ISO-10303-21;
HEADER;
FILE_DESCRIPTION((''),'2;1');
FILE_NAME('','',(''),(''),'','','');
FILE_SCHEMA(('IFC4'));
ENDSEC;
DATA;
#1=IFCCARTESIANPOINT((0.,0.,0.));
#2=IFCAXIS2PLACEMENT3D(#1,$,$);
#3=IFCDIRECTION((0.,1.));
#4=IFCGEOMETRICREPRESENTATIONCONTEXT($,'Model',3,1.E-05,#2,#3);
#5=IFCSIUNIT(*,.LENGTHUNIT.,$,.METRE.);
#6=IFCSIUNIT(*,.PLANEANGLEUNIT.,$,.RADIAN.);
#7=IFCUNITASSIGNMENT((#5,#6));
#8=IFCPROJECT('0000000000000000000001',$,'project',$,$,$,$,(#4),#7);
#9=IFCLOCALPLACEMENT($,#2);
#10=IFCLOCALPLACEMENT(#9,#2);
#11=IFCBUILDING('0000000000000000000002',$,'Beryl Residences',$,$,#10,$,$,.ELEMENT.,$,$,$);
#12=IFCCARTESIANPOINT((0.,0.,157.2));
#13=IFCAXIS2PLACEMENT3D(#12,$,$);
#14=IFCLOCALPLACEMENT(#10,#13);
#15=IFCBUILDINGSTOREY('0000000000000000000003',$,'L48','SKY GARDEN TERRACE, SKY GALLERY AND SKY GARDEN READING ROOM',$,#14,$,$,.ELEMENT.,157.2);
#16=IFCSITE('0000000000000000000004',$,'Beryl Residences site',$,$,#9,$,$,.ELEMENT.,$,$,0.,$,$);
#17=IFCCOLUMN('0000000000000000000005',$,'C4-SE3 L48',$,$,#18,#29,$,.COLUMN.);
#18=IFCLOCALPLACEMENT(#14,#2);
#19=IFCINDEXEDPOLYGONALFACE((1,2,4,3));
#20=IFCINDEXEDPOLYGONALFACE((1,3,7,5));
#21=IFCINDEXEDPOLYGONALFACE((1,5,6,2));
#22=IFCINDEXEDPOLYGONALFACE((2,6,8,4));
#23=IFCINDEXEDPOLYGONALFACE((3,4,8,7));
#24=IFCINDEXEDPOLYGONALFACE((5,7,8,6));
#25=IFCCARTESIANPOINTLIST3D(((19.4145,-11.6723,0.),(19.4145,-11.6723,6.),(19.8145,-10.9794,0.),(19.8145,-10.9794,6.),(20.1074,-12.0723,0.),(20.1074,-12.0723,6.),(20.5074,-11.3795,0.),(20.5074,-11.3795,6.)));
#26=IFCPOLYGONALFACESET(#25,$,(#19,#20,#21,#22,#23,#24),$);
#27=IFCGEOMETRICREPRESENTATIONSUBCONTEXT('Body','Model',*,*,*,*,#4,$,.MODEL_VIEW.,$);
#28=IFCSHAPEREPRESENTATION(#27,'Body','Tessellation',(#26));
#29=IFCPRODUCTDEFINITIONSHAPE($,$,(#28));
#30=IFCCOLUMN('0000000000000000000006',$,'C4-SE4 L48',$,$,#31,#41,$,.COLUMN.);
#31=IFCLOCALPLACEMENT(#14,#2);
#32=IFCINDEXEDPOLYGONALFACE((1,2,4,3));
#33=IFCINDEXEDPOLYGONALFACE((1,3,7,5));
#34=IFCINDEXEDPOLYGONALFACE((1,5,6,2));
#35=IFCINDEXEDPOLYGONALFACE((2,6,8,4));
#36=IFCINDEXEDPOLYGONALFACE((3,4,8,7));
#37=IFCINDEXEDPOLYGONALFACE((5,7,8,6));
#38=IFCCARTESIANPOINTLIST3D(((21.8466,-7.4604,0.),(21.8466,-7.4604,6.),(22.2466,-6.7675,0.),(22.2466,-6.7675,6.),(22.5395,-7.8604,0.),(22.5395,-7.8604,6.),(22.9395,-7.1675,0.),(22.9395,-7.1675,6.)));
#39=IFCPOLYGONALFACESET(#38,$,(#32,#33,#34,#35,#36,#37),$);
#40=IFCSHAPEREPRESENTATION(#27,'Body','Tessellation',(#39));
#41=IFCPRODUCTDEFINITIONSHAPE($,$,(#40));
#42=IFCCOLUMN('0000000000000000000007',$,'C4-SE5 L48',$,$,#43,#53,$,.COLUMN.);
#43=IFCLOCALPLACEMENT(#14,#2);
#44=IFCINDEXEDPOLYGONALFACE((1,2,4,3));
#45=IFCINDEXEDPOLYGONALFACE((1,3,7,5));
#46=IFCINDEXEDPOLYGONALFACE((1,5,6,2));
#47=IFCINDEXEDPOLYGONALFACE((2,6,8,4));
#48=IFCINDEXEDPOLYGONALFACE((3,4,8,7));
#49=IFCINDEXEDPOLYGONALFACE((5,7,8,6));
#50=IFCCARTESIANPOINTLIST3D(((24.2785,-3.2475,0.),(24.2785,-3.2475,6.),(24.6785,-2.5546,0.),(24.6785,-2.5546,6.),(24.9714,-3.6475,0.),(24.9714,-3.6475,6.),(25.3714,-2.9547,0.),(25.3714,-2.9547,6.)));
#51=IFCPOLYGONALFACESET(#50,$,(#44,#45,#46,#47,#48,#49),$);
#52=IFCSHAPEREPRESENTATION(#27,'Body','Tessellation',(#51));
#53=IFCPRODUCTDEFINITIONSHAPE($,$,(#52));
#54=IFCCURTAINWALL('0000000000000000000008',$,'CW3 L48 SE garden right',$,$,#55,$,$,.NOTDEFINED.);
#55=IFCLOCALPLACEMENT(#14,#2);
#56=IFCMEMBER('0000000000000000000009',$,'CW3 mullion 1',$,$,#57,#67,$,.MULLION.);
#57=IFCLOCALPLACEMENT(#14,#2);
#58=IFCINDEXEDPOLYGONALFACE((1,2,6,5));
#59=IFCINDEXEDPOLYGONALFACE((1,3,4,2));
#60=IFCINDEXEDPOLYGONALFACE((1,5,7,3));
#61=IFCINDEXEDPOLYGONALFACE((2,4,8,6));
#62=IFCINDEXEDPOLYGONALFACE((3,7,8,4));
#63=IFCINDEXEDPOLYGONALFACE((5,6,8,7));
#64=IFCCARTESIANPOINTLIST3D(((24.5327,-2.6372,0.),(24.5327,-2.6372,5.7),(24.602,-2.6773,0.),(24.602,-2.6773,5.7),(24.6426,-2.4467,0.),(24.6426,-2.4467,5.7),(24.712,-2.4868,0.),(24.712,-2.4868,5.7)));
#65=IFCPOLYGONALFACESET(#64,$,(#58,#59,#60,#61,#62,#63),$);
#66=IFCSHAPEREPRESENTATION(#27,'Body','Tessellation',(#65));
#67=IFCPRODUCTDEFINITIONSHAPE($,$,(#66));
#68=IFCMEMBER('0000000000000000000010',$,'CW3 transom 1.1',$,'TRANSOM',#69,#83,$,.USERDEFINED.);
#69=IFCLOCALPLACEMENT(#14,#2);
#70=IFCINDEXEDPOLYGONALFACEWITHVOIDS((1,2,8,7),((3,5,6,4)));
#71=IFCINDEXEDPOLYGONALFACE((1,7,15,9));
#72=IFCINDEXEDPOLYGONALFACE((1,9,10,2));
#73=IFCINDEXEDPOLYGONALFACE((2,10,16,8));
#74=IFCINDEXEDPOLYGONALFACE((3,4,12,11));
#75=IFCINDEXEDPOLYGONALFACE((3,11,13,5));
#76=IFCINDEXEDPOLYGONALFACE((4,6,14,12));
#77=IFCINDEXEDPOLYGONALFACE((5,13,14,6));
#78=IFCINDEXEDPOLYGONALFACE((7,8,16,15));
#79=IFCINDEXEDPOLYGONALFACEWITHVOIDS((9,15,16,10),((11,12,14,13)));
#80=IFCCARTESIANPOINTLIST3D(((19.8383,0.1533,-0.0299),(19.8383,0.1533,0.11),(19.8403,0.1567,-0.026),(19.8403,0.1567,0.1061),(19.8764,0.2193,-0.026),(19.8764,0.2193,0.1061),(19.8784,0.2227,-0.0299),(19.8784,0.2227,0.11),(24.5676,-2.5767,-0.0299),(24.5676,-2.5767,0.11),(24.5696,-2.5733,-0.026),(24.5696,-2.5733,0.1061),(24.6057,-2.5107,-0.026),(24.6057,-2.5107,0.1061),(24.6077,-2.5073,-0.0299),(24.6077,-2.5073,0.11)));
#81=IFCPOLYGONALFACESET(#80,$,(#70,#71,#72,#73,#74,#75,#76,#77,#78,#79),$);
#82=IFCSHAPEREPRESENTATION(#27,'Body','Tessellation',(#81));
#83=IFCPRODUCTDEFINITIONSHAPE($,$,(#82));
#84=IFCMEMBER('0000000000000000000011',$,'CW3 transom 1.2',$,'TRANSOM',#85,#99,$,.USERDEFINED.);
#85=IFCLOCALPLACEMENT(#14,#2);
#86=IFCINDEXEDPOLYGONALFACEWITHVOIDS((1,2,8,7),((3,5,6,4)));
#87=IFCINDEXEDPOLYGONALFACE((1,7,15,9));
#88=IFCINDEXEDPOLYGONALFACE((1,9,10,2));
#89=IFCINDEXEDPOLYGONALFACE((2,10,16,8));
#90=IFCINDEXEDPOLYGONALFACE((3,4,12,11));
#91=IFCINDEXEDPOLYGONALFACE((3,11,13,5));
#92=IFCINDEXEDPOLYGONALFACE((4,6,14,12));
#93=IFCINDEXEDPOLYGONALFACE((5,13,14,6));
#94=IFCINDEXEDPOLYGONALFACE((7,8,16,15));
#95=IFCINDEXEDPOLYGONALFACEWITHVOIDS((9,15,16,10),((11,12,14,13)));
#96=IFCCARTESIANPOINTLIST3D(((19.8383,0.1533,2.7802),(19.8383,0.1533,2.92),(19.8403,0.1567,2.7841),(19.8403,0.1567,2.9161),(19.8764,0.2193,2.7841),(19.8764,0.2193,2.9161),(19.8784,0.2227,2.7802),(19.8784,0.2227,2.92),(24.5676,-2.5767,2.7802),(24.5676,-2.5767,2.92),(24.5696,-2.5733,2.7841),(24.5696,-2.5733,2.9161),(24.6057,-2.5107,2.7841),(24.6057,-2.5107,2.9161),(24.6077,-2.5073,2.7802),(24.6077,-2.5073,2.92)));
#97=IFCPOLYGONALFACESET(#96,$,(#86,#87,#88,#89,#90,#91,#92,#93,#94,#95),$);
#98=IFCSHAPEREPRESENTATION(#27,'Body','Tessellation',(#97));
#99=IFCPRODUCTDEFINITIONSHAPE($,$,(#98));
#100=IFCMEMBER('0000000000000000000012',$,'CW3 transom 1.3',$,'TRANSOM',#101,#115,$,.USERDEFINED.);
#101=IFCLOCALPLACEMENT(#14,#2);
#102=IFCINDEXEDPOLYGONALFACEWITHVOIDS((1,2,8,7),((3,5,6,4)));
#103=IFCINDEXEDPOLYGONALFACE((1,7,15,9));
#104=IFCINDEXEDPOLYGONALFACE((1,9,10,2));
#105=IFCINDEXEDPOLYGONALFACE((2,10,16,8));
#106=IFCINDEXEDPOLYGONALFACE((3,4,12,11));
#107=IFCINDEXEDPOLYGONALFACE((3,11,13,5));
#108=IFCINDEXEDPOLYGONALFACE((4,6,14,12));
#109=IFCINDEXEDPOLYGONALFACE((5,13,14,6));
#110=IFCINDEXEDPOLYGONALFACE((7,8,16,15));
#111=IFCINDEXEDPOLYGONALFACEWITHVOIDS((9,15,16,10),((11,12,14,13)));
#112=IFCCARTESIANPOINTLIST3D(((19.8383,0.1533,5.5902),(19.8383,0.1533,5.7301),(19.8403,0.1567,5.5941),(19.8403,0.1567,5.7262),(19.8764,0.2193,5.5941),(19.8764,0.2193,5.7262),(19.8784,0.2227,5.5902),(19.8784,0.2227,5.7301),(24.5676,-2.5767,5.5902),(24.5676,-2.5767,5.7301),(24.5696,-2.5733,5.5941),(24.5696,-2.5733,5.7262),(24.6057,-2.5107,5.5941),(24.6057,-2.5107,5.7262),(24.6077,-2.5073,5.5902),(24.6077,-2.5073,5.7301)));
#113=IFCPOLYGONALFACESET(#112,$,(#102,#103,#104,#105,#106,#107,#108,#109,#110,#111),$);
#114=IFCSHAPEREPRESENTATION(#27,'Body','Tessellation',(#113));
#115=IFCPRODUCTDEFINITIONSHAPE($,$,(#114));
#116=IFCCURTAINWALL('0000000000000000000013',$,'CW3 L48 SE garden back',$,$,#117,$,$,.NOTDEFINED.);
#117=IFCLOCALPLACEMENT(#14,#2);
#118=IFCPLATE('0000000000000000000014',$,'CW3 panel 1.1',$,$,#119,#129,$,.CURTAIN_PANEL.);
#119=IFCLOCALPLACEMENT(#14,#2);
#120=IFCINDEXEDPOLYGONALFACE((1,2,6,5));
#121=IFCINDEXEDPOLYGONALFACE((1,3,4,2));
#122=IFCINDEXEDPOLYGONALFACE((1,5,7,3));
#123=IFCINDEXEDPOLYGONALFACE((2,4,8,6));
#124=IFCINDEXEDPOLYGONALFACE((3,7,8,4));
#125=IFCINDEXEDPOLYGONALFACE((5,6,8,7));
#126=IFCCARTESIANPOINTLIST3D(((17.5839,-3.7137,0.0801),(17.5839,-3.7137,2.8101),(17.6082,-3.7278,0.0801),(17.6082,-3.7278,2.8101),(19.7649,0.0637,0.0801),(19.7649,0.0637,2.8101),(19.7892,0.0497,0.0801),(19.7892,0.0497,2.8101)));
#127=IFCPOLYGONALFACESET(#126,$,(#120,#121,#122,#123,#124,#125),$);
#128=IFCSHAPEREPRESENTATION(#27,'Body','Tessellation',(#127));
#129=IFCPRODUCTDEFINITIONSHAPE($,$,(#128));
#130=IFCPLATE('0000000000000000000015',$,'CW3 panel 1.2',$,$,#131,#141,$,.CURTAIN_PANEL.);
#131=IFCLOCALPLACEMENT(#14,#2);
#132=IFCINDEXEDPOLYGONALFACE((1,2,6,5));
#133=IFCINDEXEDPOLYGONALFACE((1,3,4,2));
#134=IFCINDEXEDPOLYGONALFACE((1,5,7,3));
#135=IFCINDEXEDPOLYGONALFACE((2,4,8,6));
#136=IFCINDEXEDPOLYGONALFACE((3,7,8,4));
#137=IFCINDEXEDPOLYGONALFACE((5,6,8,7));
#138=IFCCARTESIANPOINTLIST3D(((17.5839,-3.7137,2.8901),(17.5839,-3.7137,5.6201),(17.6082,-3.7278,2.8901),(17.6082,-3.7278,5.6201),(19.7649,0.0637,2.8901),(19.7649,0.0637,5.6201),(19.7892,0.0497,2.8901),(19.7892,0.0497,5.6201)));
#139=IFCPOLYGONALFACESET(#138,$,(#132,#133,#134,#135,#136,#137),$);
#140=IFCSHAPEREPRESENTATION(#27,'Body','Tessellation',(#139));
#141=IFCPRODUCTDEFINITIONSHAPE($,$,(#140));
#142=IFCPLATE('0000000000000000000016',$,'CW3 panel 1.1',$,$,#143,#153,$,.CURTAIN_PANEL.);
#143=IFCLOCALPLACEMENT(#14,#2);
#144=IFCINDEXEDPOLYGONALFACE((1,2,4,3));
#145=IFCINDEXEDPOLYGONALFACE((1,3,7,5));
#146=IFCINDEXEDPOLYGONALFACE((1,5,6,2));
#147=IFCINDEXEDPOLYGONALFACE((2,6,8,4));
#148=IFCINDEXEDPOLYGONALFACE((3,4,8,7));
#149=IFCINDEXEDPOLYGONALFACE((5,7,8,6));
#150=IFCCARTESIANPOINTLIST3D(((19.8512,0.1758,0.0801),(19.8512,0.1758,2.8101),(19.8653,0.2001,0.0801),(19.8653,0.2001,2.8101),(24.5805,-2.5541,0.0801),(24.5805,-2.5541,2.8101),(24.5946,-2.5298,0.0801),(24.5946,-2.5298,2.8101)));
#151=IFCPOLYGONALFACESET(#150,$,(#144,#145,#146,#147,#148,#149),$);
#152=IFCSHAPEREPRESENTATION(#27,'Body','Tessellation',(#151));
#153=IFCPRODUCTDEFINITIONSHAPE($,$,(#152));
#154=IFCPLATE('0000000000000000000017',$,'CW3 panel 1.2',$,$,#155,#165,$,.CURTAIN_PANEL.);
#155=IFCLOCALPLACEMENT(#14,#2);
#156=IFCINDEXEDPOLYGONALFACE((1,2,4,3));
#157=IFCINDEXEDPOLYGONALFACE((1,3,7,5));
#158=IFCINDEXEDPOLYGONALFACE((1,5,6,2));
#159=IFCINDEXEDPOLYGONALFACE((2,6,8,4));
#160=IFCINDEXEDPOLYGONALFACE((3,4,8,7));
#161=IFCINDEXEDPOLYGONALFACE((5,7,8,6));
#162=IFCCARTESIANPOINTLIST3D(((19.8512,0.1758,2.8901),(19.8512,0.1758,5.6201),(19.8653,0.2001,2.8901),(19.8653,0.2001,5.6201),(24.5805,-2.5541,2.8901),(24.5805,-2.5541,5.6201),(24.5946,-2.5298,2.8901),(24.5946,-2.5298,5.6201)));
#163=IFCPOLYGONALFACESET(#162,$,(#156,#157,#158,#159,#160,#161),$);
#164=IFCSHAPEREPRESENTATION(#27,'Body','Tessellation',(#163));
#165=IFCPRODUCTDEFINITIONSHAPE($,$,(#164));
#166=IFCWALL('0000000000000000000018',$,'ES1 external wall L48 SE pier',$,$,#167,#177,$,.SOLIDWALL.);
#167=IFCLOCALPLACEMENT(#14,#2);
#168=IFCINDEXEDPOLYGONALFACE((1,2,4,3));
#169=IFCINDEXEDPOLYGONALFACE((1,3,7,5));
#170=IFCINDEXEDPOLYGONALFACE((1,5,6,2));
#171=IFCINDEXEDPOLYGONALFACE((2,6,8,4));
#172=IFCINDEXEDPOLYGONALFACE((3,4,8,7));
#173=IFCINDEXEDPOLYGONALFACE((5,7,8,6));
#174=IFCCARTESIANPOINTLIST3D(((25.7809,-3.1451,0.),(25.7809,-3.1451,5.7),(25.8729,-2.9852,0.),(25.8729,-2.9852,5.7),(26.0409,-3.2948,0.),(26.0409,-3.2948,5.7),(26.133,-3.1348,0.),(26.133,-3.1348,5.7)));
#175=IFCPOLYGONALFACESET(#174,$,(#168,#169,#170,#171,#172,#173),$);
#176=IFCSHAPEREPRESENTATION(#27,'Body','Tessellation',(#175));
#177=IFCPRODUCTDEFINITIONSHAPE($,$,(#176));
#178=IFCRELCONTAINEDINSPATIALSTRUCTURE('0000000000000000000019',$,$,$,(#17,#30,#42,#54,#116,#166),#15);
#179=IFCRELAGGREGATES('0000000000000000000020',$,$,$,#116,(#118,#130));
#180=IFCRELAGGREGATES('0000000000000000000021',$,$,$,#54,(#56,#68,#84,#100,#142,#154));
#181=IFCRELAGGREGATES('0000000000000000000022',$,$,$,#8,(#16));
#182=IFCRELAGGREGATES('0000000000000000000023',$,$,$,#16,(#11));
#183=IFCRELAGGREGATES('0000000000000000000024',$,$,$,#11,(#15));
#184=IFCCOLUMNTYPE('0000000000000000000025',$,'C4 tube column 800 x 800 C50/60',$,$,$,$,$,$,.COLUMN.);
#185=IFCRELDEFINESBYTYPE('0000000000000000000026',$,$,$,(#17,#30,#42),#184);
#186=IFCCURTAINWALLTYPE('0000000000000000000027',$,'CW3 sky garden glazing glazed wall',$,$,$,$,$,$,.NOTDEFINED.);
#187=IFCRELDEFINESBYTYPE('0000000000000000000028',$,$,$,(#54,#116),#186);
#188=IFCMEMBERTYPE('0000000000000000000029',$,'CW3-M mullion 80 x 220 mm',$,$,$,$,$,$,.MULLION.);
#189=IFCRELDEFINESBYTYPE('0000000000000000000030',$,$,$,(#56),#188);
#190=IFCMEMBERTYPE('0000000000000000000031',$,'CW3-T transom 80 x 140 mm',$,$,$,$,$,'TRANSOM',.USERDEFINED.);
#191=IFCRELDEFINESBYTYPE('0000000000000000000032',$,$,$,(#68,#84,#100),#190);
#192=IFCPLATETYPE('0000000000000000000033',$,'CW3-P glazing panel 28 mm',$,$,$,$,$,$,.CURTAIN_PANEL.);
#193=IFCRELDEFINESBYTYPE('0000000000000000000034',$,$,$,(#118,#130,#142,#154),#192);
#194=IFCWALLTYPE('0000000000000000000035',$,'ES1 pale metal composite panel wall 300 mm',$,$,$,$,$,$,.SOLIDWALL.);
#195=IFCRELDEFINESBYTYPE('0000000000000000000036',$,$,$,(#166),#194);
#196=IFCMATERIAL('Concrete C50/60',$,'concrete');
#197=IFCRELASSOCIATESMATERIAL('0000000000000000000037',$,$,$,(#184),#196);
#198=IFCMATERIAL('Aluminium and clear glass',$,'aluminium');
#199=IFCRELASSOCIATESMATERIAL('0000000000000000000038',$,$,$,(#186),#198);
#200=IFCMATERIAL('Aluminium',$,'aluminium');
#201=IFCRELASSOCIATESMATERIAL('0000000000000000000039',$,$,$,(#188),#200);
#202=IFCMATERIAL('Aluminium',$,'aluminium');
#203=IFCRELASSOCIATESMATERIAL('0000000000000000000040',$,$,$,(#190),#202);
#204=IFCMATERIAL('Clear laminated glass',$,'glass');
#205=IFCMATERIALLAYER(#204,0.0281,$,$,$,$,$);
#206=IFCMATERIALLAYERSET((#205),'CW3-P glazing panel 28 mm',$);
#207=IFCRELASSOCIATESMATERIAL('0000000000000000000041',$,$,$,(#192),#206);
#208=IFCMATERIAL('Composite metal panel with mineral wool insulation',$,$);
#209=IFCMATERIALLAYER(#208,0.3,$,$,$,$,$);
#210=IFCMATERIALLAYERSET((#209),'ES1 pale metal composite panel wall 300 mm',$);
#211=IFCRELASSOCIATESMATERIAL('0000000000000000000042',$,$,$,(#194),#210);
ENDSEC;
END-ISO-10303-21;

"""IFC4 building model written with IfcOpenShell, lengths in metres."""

from ifc_helpers import new_model, si_unit, direction, frame, frame_2d, origin, origin_2d, place, context, subcontext, project, spatial, rectangle, hollow_rectangle, extrude, material, layer, layer_set, material_profile, profile_set, type_object, element, aggregate, save


model = new_model("IFC4")

# Units and contexts
model_context = context("Model", 3, precision=1e-05, world=origin(), true_north=direction((0.0, 1.0)))
body_context = subcontext(model_context, "Body", "Model", "MODEL_VIEW")
ifc_project = project(units=[si_unit("LENGTHUNIT", "METRE"), si_unit("PLANEANGLEUNIT", "RADIAN")], contexts=[model_context])

# Site, building, storey
site_placement = place(None, origin())
site = spatial("IfcSite", under=ifc_project, at=site_placement, Name="Beryl Residences site", CompositionType="ELEMENT", RefElevation=0.0)
building_placement = place(site_placement, origin())
building = spatial("IfcBuilding", under=site, at=building_placement, Name="Beryl Residences", CompositionType="ELEMENT")
storey_placement = place(building_placement, frame((0.0, 0.0, 157.2)))
storey = spatial("IfcBuildingStorey", under=building, at=storey_placement, Name="L48", Description="SKY GARDEN TERRACE, SKY GALLERY AND SKY GARDEN READING ROOM", CompositionType="ELEMENT", Elevation=157.2)

# Columns
ifc_material_1 = material(Name="Concrete C50/60", Category="concrete")
ifc_material_profile_1 = material_profile(ifc_material_1, rectangle(XDim=0.8, YDim=0.8, at=origin_2d()))
ifc_profile_set_1 = profile_set([ifc_material_profile_1], Name="Concrete C50/60")
column_type = type_object("IfcColumnType", Name="C4 tube column 800 x 800 C50/60", PredefinedType="COLUMN", material=ifc_profile_set_1)
for number, where, z_axis, x_axis, name in (
    (1, (19.9609, -11.5259, 0.0), (0.0, 0.0, 1.0), (0.5, 0.866025, 0.0), "C4-SE3 L48"),
    (2, (22.3931, -7.314, 0.0), (0.0, 0.0, 1.0), (0.5, 0.866025, 0.0), "C4-SE4 L48"),
    (3, (24.825, -3.1011, 0.0), (0.0, 0.0, 1.0), (0.5, 0.866025, 0.0), "C4-SE5 L48"),
):
    element("IfcColumn", number, at=place(storey_placement, frame(where, z_axis=z_axis, x_axis=x_axis)), inside=storey, type_object=column_type, Name=name, PredefinedType="COLUMN", context=body_context, shape_type="SweptSolid", body=[
        extrude(rectangle(XDim=0.8, YDim=0.8, at=origin_2d()), origin(), (0.0, 0.0, 1.0), 6.0),
    ])

# Curtain wall, members
ifc_material_2 = material(Name="Aluminium and clear glass", Category="aluminium")
curtain_wall_type = type_object("IfcCurtainWallType", Name="CW3 sky garden glazing glazed wall", PredefinedType="NOTDEFINED", material=ifc_material_2)
curtain_wall_1_placement = place(storey_placement, origin())
curtain_wall_1 = element("IfcCurtainWall", 4, at=curtain_wall_1_placement, inside=storey, type_object=curtain_wall_type, Name="CW3 L48 SE garden right", PredefinedType="NOTDEFINED")
ifc_material_3 = material(Name="Aluminium", Category="aluminium")
ifc_material_profile_2 = material_profile(ifc_material_3, rectangle(XDim=0.0801, YDim=0.22, at=origin_2d()))
ifc_profile_set_2 = profile_set([ifc_material_profile_2], Name="Aluminium")
member_type_1 = type_object("IfcMemberType", Name="CW3-M mullion 80 x 220 mm", PredefinedType="MULLION", material=ifc_profile_set_2)
member_1_placement = place(storey_placement, frame((24.6223, -2.562, 0.0), z_axis=(0.0, 0.0, 1.0), x_axis=(-0.866067, 0.499928, 0.0)))
member_1 = element("IfcMember", 5, at=member_1_placement, type_object=member_type_1, Name="CW3 mullion 1", PredefinedType="MULLION", context=body_context, shape_type="SweptSolid", body=[
    extrude(rectangle(XDim=0.0801, YDim=0.22, at=origin_2d()), origin(), (0.0, 0.0, 1.0), 5.7),
])
ifc_material_4 = material(Name="Aluminium", Category="aluminium")
ifc_material_profile_3 = material_profile(ifc_material_4, hollow_rectangle(XDim=0.0801, YDim=0.1399, WallThickness=0.0039, at=origin_2d()))
ifc_profile_set_3 = profile_set([ifc_material_profile_3], Name="Aluminium")
member_type_2 = type_object("IfcMemberType", Name="CW3-T transom 80 x 140 mm", ElementType="TRANSOM", PredefinedType="USERDEFINED", material=ifc_profile_set_3)
member_2_placement = place(storey_placement, frame((24.5876, -2.542, 0.04), z_axis=(-0.866061, 0.499938, 0.0), x_axis=(-0.499938, -0.866061, 0.0)))
member_2 = element("IfcMember", 6, at=member_2_placement, type_object=member_type_2, Name="CW3 transom 1.1", ObjectType="TRANSOM", PredefinedType="USERDEFINED", context=body_context, shape_type="SweptSolid", body=[
    extrude(hollow_rectangle(XDim=0.0801, YDim=0.1399, WallThickness=0.0039, at=origin_2d()), origin(), (0.0, 0.0, 1.0), 5.4607),
])
member_3_placement = place(storey_placement, frame((24.5876, -2.542, 2.8501), z_axis=(-0.866061, 0.499938, 0.0), x_axis=(-0.499938, -0.866061, 0.0)))
member_3 = element("IfcMember", 7, at=member_3_placement, type_object=member_type_2, Name="CW3 transom 1.2", ObjectType="TRANSOM", PredefinedType="USERDEFINED", context=body_context, shape_type="SweptSolid", body=[
    extrude(hollow_rectangle(XDim=0.0801, YDim=0.1399, WallThickness=0.0039, at=origin_2d()), origin(), (0.0, 0.0, 1.0), 5.4607),
])
member_4_placement = place(storey_placement, frame((24.5876, -2.542, 5.6602), z_axis=(-0.866061, 0.499938, 0.0), x_axis=(-0.499938, -0.866061, 0.0)))
member_4 = element("IfcMember", 8, at=member_4_placement, type_object=member_type_2, Name="CW3 transom 1.3", ObjectType="TRANSOM", PredefinedType="USERDEFINED", context=body_context, shape_type="SweptSolid", body=[
    extrude(hollow_rectangle(XDim=0.0801, YDim=0.1399, WallThickness=0.0039, at=origin_2d()), origin(), (0.0, 0.0, 1.0), 5.4607),
])

# Curtain wall, plates
curtain_wall_2_placement = place(storey_placement, origin())
curtain_wall_2 = element("IfcCurtainWall", 9, at=curtain_wall_2_placement, inside=storey, type_object=curtain_wall_type, Name="CW3 L48 SE garden back", PredefinedType="NOTDEFINED")
ifc_material_5 = material(Name="Clear laminated glass", Category="glass")
ifc_layer_1 = layer(ifc_material_5, 0.0281)
ifc_layer_set_1 = layer_set([ifc_layer_1], Name="CW3-P glazing panel 28 mm")
plate_type = type_object("IfcPlateType", Name="CW3-P glazing panel 28 mm", PredefinedType="CURTAIN_PANEL", material=ifc_layer_set_1)
plate_1_placement = place(storey_placement, frame((18.6865, -1.832, 0.0801), z_axis=(0.0, 0.0, 1.0), x_axis=(0.500016, 0.866016, 0.0)))
plate_1 = element("IfcPlate", 10, at=plate_1_placement, type_object=plate_type, Name="CW3 panel 1.1", PredefinedType="CURTAIN_PANEL", context=body_context, shape_type="SweptSolid", body=[
    extrude(rectangle(XDim=4.3618, YDim=0.0281, at=origin_2d()), origin(), (0.0, 0.0, 1.0), 2.73),
])
plate_2_placement = place(storey_placement, frame((18.6865, -1.832, 2.8901), z_axis=(0.0, 0.0, 1.0), x_axis=(0.500016, 0.866016, 0.0)))
plate_2 = element("IfcPlate", 11, at=plate_2_placement, type_object=plate_type, Name="CW3 panel 1.2", PredefinedType="CURTAIN_PANEL", context=body_context, shape_type="SweptSolid", body=[
    extrude(rectangle(XDim=4.3618, YDim=0.0281, at=origin_2d()), origin(), (0.0, 0.0, 1.0), 2.73),
])
aggregate(curtain_wall_2, [plate_1, plate_2])

# Plates
plate_3_placement = place(storey_placement, frame((22.2229, -1.177, 0.0801), z_axis=(0.0, 0.0, 1.0), x_axis=(-0.866067, 0.499928, 0.0)))
plate_3 = element("IfcPlate", 12, at=plate_3_placement, type_object=plate_type, Name="CW3 panel 1.1", PredefinedType="CURTAIN_PANEL", context=body_context, shape_type="SweptSolid", body=[
    extrude(rectangle(XDim=5.4607, YDim=0.0281, at=origin_2d()), origin(), (0.0, 0.0, 1.0), 2.73),
])
plate_4_placement = place(storey_placement, frame((22.2229, -1.177, 2.8901), z_axis=(0.0, 0.0, 1.0), x_axis=(-0.866067, 0.499928, 0.0)))
plate_4 = element("IfcPlate", 13, at=plate_4_placement, type_object=plate_type, Name="CW3 panel 1.2", PredefinedType="CURTAIN_PANEL", context=body_context, shape_type="SweptSolid", body=[
    extrude(rectangle(XDim=5.4607, YDim=0.0281, at=origin_2d()), origin(), (0.0, 0.0, 1.0), 2.73),
])
aggregate(curtain_wall_1, [member_1, member_2, member_3, member_4, plate_3, plate_4])

# Wall
ifc_material_6 = material(Name="Composite metal panel with mineral wool insulation")
ifc_layer_2 = layer(ifc_material_6, 0.3)
ifc_layer_set_2 = layer_set([ifc_layer_2], Name="ES1 pale metal composite panel wall 300 mm")
wall_type_1 = type_object("IfcWallType", Name="ES1 pale metal composite panel wall 300 mm", PredefinedType="SOLIDWALL", material=ifc_layer_set_2)
wall_1_placement = place(storey_placement, frame((25.9109, -3.22, 0.0), z_axis=(0.0, 0.0, 1.0), x_axis=(0.498844, 0.866692, 0.0)))
element("IfcWall", 14, at=wall_1_placement, inside=storey, type_object=wall_type_1, Name="ES1 external wall L48 SE pier", PredefinedType="SOLIDWALL", context=body_context, shape_type="SweptSolid", body=[
    extrude(rectangle(XDim=0.1846, YDim=0.3, at=frame_2d((0.0923, 0.0))), origin(), (0.0, 0.0, 1.0), 5.7),
])

save(model, "model.ifc")
